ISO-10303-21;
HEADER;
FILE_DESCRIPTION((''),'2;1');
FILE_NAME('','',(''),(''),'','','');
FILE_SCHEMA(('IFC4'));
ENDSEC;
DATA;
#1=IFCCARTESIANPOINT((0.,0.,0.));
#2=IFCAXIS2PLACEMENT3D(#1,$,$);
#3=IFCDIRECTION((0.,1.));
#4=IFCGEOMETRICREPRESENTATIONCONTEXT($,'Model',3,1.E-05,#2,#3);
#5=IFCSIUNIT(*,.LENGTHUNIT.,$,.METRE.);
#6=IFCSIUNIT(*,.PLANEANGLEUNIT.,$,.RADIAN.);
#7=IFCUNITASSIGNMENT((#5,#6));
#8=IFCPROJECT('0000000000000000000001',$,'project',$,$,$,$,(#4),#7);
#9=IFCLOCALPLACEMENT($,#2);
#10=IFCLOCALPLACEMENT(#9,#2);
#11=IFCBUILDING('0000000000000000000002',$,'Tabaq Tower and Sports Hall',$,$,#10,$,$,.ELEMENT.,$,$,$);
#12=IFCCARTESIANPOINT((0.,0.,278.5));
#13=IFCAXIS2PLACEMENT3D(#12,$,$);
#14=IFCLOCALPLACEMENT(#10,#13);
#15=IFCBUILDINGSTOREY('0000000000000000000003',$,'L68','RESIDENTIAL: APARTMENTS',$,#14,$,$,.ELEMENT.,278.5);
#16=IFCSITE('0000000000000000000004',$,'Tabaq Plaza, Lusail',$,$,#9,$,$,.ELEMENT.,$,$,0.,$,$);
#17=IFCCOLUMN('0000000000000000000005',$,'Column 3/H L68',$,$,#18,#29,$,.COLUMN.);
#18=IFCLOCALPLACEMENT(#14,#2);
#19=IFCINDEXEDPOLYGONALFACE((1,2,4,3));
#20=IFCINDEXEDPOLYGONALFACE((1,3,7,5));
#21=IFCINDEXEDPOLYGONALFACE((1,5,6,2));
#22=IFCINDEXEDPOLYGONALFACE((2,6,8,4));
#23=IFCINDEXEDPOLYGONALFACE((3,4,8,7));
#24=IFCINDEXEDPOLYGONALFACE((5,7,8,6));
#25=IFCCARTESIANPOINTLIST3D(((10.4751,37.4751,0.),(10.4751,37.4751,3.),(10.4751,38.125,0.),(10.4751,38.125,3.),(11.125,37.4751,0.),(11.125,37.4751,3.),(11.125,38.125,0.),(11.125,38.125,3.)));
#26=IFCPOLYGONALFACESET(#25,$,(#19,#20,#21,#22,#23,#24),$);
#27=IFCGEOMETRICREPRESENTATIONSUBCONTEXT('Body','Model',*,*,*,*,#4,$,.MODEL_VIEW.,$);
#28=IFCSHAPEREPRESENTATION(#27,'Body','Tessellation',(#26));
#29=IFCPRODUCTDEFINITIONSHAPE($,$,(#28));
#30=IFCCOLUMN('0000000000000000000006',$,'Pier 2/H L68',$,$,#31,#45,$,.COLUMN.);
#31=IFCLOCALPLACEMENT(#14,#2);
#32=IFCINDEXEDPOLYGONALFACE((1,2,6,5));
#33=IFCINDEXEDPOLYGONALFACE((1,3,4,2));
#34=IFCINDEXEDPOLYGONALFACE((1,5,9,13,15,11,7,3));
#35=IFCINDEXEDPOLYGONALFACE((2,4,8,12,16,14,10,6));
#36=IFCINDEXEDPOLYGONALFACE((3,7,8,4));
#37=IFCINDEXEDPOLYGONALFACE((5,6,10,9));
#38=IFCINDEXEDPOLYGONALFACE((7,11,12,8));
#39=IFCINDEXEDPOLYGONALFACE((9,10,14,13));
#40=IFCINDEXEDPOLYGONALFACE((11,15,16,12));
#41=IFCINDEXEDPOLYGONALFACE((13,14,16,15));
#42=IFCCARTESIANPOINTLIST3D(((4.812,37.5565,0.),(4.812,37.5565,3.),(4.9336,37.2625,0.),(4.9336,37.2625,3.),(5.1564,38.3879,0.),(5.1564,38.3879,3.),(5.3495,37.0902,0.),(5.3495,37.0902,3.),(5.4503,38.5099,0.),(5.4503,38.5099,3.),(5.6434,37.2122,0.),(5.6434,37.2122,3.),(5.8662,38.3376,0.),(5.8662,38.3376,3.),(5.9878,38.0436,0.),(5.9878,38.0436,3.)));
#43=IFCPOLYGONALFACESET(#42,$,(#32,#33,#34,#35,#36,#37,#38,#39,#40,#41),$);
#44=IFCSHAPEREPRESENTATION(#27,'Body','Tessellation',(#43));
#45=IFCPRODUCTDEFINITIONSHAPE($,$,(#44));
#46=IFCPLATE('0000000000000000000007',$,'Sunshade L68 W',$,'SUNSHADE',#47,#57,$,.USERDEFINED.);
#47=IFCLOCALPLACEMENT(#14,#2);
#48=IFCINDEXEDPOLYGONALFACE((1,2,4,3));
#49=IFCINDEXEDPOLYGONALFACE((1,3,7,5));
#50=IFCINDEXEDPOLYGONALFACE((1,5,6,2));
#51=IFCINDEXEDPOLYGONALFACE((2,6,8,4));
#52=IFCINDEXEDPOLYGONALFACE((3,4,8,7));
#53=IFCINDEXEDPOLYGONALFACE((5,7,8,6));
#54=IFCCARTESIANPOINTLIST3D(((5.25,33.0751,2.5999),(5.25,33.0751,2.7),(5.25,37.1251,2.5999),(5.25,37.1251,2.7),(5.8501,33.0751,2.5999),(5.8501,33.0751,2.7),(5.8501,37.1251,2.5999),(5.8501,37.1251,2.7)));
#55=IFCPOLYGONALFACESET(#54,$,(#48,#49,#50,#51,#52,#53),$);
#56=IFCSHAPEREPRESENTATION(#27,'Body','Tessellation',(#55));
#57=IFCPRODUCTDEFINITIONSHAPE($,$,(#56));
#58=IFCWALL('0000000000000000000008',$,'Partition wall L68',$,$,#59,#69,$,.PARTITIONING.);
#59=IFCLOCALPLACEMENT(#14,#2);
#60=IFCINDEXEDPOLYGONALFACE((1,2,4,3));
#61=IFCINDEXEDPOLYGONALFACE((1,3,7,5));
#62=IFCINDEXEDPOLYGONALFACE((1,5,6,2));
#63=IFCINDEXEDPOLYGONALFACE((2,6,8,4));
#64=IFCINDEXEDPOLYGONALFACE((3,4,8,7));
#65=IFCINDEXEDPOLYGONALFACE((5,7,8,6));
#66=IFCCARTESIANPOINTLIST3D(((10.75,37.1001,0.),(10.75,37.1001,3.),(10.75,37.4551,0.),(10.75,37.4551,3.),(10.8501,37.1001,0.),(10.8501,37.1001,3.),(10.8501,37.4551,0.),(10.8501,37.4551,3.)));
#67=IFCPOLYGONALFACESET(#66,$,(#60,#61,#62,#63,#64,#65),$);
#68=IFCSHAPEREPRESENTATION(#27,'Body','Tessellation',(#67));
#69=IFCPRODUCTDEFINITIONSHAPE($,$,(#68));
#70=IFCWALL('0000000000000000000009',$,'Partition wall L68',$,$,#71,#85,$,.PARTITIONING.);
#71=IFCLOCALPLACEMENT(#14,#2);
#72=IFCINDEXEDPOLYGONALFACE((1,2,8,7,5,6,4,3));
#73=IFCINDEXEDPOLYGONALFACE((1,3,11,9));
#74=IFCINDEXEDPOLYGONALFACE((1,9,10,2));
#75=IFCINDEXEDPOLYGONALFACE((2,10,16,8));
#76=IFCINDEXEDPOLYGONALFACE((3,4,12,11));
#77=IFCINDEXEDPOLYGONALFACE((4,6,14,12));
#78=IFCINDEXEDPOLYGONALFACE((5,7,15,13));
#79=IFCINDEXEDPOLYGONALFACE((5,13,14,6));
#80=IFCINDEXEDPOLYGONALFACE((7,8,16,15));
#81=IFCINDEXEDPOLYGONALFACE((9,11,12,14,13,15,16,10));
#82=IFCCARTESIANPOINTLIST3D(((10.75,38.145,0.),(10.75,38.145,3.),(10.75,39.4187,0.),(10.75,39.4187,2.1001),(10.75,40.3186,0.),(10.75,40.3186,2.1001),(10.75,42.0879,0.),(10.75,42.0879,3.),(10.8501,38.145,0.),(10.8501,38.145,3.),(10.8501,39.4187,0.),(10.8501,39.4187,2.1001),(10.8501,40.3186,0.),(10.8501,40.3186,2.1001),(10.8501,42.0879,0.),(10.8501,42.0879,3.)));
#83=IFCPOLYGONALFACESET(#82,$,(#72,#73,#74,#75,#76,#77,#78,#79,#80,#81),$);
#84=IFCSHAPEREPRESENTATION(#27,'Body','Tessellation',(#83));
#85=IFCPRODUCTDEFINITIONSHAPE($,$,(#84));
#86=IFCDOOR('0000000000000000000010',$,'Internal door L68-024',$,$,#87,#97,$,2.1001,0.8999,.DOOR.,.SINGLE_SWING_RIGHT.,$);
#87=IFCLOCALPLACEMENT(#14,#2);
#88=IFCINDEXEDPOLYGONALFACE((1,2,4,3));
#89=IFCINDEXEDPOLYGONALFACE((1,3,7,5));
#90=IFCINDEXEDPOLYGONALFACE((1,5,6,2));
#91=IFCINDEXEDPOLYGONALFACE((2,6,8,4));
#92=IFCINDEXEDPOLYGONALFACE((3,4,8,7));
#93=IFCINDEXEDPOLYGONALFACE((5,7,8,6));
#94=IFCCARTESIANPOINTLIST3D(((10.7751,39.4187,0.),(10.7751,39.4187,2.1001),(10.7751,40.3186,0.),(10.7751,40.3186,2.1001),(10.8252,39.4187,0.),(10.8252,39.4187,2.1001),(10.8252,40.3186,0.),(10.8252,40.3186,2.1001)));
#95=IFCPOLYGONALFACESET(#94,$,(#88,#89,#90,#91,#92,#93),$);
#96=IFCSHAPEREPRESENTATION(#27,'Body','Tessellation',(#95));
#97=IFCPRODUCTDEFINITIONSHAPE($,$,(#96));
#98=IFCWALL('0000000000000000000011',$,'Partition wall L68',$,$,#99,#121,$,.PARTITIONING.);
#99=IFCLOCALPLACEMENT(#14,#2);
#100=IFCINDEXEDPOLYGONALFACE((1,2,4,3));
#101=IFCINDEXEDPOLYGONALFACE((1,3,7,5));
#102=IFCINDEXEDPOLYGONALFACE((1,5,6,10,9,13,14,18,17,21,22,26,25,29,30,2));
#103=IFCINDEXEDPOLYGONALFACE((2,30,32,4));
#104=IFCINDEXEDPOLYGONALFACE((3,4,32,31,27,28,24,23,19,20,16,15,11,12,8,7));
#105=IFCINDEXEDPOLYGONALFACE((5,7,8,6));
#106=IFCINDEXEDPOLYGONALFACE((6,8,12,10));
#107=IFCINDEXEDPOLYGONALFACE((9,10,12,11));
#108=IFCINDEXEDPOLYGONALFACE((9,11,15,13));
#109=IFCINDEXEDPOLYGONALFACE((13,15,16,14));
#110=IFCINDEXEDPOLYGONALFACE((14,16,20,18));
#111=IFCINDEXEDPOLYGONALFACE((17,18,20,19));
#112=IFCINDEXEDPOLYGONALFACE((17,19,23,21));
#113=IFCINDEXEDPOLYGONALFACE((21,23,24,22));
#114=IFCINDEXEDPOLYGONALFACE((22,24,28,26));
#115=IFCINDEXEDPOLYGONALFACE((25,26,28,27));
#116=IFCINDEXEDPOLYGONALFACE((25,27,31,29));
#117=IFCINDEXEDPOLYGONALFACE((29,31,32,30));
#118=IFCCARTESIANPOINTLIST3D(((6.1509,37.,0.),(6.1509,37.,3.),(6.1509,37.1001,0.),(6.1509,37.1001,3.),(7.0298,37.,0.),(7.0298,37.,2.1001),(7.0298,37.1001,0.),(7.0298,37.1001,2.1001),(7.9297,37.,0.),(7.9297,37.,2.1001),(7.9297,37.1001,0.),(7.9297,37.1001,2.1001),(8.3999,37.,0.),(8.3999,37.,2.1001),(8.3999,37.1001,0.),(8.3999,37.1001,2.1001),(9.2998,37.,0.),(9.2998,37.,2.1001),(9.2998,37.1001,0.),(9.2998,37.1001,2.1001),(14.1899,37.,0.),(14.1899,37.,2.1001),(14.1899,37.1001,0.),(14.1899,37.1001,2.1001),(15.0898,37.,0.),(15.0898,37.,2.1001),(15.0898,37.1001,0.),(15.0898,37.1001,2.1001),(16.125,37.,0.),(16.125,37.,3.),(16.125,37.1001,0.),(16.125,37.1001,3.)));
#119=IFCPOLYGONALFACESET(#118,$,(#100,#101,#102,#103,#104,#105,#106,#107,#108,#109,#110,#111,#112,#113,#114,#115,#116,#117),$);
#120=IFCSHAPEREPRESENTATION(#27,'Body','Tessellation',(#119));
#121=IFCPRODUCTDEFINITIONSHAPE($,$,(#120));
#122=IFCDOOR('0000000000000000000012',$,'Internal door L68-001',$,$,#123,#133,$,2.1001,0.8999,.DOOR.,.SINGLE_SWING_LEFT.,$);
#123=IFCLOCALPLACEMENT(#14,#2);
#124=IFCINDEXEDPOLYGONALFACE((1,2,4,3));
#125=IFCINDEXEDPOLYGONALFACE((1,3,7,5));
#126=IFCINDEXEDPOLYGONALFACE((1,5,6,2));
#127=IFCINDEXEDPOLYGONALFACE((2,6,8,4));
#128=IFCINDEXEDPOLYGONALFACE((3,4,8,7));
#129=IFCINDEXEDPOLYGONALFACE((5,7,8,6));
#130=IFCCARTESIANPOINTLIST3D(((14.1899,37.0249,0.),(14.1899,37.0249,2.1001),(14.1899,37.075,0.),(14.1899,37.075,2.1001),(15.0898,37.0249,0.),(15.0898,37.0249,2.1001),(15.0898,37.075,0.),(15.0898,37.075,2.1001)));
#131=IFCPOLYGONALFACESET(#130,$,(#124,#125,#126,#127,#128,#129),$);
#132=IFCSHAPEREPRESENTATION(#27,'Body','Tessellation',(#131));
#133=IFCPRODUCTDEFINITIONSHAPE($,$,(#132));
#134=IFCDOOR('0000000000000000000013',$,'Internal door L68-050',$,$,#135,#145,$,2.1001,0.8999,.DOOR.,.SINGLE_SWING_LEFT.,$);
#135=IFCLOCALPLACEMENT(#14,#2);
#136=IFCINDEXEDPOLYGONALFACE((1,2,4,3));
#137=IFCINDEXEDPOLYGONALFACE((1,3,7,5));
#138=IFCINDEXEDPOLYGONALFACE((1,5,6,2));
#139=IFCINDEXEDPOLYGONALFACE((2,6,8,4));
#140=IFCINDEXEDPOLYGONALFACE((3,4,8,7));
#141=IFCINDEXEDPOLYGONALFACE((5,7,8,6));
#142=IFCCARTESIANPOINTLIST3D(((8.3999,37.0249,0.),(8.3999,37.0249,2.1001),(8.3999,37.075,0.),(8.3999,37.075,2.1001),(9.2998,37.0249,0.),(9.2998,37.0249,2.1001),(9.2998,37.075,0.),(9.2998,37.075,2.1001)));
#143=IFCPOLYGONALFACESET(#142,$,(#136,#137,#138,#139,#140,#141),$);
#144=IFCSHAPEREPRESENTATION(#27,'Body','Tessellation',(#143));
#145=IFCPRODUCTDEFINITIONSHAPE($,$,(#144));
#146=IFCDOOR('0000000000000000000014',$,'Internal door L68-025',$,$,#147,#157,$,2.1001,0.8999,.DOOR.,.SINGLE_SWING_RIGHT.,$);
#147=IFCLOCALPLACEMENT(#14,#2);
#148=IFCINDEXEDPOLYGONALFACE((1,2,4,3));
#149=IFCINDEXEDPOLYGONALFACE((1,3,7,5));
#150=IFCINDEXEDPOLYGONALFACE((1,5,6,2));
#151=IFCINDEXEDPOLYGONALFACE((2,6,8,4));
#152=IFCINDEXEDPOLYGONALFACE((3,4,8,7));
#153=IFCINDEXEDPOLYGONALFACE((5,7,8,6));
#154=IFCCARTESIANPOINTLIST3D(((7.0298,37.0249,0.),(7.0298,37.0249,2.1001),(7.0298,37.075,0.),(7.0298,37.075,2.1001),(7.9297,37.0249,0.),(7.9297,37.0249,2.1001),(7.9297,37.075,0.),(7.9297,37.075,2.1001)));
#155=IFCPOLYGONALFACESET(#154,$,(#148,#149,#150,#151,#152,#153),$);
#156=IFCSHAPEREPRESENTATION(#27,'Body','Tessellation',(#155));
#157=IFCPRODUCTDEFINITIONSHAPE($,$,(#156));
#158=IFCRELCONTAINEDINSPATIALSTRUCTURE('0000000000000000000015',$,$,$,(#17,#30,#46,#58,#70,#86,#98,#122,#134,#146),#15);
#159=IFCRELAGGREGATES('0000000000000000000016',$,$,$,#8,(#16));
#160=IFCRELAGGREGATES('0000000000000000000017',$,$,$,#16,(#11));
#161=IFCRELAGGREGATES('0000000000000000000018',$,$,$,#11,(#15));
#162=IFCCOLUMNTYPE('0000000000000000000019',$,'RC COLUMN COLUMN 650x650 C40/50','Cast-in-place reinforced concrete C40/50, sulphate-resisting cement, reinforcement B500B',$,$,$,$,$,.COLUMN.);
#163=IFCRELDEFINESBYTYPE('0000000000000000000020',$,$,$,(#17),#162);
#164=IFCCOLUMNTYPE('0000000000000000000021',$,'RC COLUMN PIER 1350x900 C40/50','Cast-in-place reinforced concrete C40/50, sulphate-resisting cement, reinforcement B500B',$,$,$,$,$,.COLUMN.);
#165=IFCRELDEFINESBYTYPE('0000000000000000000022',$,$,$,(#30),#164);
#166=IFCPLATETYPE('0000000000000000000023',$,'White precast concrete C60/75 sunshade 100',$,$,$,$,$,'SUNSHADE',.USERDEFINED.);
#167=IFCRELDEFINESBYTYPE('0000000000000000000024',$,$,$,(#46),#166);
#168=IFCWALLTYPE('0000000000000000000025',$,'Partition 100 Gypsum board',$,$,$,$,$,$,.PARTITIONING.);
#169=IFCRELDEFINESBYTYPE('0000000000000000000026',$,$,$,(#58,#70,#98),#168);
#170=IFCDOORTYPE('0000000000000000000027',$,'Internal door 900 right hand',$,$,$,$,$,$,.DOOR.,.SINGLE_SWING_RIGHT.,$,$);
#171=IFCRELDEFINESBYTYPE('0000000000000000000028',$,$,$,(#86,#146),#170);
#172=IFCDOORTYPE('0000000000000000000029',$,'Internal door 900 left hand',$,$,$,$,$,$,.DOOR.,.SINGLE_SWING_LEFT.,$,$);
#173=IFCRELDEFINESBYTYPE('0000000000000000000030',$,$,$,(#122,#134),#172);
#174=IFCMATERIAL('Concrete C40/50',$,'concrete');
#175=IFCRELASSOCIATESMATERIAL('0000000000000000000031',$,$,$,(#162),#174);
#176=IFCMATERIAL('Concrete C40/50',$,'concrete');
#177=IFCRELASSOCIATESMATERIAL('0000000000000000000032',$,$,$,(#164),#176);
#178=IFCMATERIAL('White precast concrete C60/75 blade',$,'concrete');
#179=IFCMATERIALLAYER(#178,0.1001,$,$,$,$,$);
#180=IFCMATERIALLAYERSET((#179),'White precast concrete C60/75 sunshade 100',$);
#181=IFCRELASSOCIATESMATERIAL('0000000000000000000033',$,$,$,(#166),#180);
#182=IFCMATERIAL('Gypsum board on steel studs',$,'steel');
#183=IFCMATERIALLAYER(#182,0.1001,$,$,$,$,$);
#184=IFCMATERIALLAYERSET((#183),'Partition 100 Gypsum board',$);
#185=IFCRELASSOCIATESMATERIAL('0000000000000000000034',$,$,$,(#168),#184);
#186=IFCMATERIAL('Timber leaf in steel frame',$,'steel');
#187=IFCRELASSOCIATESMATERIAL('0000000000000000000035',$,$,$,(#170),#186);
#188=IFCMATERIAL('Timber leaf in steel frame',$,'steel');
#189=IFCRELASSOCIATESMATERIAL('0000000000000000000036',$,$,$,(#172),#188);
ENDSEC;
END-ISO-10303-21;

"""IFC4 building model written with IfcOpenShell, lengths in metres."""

from ifc_helpers import new_model, si_unit, direction, frame, frame_2d, origin, origin_2d, place, context, subcontext, project, spatial, polyline, rectangle, outline, extrude, material, layer, layer_set, material_profile, profile_set, type_object, element, fill, save


model = new_model("IFC4")

# Units and contexts
model_context = context("Model", 3, precision=1e-05, world=origin(), true_north=direction((0.0, 1.0)))
body_context = subcontext(model_context, "Body", "Model", "MODEL_VIEW")
ifc_project = project(units=[si_unit("LENGTHUNIT", "METRE"), si_unit("PLANEANGLEUNIT", "RADIAN")], contexts=[model_context])

# Site, building, storey
site_placement = place(None, origin())
site = spatial("IfcSite", under=ifc_project, at=site_placement, Name="Tabaq Plaza, Lusail", CompositionType="ELEMENT", RefElevation=0.0)
building_placement = place(site_placement, origin())
building = spatial("IfcBuilding", under=site, at=building_placement, Name="Tabaq Tower and Sports Hall", CompositionType="ELEMENT")
storey_placement = place(building_placement, frame((0.0, 0.0, 278.5)))
storey = spatial("IfcBuildingStorey", under=building, at=storey_placement, Name="L68", Description="RESIDENTIAL: APARTMENTS", CompositionType="ELEMENT", Elevation=278.5)

# Columns
ifc_material_1 = material(Name="Concrete C40/50", Category="concrete")
ifc_material_profile_1 = material_profile(ifc_material_1, rectangle(XDim=0.6499, YDim=0.6499, at=origin_2d()), Name="COLUMN 650x650")
ifc_profile_set_1 = profile_set([ifc_material_profile_1], Name="Concrete C40/50")
column_type_1 = type_object("IfcColumnType", Name="RC COLUMN COLUMN 650x650 C40/50", Description="Cast-in-place reinforced concrete C40/50, sulphate-resisting cement, reinforcement B500B", PredefinedType="COLUMN", material=ifc_profile_set_1)
column_1_placement = place(storey_placement, frame((10.8, 37.8, 0.0), z_axis=(0.0, 0.0, 1.0), x_axis=(1.0, 0.0, 0.0)))
element("IfcColumn", 1, at=column_1_placement, inside=storey, type_object=column_type_1, Name="Column 3/H L68", PredefinedType="COLUMN", context=body_context, shape_type="SweptSolid", body=[
    extrude(rectangle(XDim=0.6499, YDim=0.6499, at=origin_2d()), origin(), (0.0, 0.0, 1.0), 3.0),
])
ifc_material_2 = material(Name="Concrete C40/50", Category="concrete")
ifc_material_profile_2 = material_profile(ifc_material_2, outline(polyline([(-0.45, -0.45), (0.45, -0.45), (0.675, -0.2251), (0.675, 0.2251), (0.45, 0.45), (-0.45, 0.45), (-0.675, 0.2251), (-0.675, -0.2251), (-0.45, -0.45)])), Name="PIER 1350x900")
ifc_profile_set_2 = profile_set([ifc_material_profile_2], Name="Concrete C40/50")
column_type_2 = type_object("IfcColumnType", Name="RC COLUMN PIER 1350x900 C40/50", Description="Cast-in-place reinforced concrete C40/50, sulphate-resisting cement, reinforcement B500B", PredefinedType="COLUMN", material=ifc_profile_set_2)
column_2_placement = place(storey_placement, frame((5.3999, 37.8, 0.0), z_axis=(0.0, 0.0, 1.0), x_axis=(0.382683, 0.92388, 0.0)))
element("IfcColumn", 2, at=column_2_placement, inside=storey, type_object=column_type_2, Name="Pier 2/H L68", PredefinedType="COLUMN", context=body_context, shape_type="SweptSolid", body=[
    extrude(outline(polyline([(-0.45, -0.45), (0.45, -0.45), (0.675, -0.2251), (0.675, 0.2251), (0.45, 0.45), (-0.45, 0.45), (-0.675, 0.2251), (-0.675, -0.2251), (-0.45, -0.45)])), origin(), (0.0, 0.0, 1.0), 3.0),
])

# Plate
ifc_material_3 = material(Name="White precast concrete C60/75 blade", Category="concrete")
ifc_layer_1 = layer(ifc_material_3, 0.1001)
ifc_layer_set_1 = layer_set([ifc_layer_1], Name="White precast concrete C60/75 sunshade 100")
plate_type = type_object("IfcPlateType", Name="White precast concrete C60/75 sunshade 100", ElementType="SUNSHADE", PredefinedType="USERDEFINED", material=ifc_layer_set_1)
plate_placement = place(storey_placement, frame((5.55, 35.1001, 2.5999), z_axis=(0.0, 0.0, 1.0), x_axis=(0.0, -1.0, 0.0)))
element("IfcPlate", 3, at=plate_placement, inside=storey, type_object=plate_type, Name="Sunshade L68 W", ObjectType="SUNSHADE", PredefinedType="USERDEFINED", context=body_context, shape_type="SweptSolid", body=[
    extrude(rectangle(XDim=4.05, YDim=0.6001, at=origin_2d()), origin(), (0.0, 0.0, 1.0), 0.1001),
])

# Wall
ifc_material_4 = material(Name="Gypsum board on steel studs", Category="steel")
ifc_layer_2 = layer(ifc_material_4, 0.1001)
ifc_layer_set_2 = layer_set([ifc_layer_2], Name="Partition 100 Gypsum board")
wall_type_1 = type_object("IfcWallType", Name="Partition 100 Gypsum board", PredefinedType="PARTITIONING", material=ifc_layer_set_2)
wall_1_placement = place(storey_placement, frame((10.8, 37.1001, 0.0), z_axis=(0.0, 0.0, 1.0), x_axis=(0.0, 1.0, 0.0)))
element("IfcWall", 4, at=wall_1_placement, inside=storey, type_object=wall_type_1, Name="Partition wall L68", PredefinedType="PARTITIONING", context=body_context, shape_type="SweptSolid", body=[
    extrude(rectangle(XDim=0.355, YDim=0.1001, at=frame_2d((0.1775, 0.0))), origin(), (0.0, 0.0, 1.0), 3.0),
])

# Wall, opening, door
wall_2_placement = place(storey_placement, frame((10.8, 38.145, 0.0), z_axis=(0.0, 0.0, 1.0), x_axis=(0.0, 1.0, 0.0)))
wall_2 = element("IfcWall", 5, at=wall_2_placement, inside=storey, type_object=wall_type_1, Name="Partition wall L68", PredefinedType="PARTITIONING", context=body_context, shape_type="SweptSolid", body=[
    extrude(rectangle(XDim=3.9429, YDim=0.1001, at=frame_2d((1.9714, 0.0))), origin(), (0.0, 0.0, 1.0), 3.0),
])
opening_1_placement = place(wall_2_placement, frame((1.2737, 0.0, 0.0)))
opening_1 = element("IfcOpeningElement", 6, at=opening_1_placement, cuts=wall_2, PredefinedType="OPENING", context=body_context, shape_type="SweptSolid", body=[
    extrude(rectangle(XDim=0.8999, YDim=2.1001, at=frame_2d((0.45, 1.05))), frame((0.0, 0.05, 0.0), z_axis=(0.0, -1.0, 0.0), x_axis=(1.0, 0.0, 0.0)), (0.0, 0.0, 1.0), 0.1001),
])
ifc_material_5 = material(Name="Timber leaf in steel frame", Category="steel")
door_type_1 = type_object("IfcDoorType", Name="Internal door 900 right hand", OperationType="SINGLE_SWING_RIGHT", PredefinedType="DOOR", material=ifc_material_5)
door_1_placement = place(opening_1_placement, origin())
door_1 = element("IfcDoor", 7, at=door_1_placement, inside=storey, type_object=door_type_1, Name="Internal door L68-024", OperationType="SINGLE_SWING_RIGHT", OverallHeight=2.1001, OverallWidth=0.8999, PredefinedType="DOOR", context=body_context, shape_type="SweptSolid", body=[
    extrude(rectangle(XDim=0.8999, YDim=2.1001, at=frame_2d((0.45, 1.05))), frame((0.0, 0.0249, 0.0), z_axis=(0.0, -1.0, 0.0), x_axis=(1.0, 0.0, 0.0)), (0.0, 0.0, 1.0), 0.05),
])
fill(opening_1, door_1)

# Wall, openings, doors
wall_3_placement = place(storey_placement, frame((6.1509, 37.05, 0.0), z_axis=(0.0, 0.0, 1.0), x_axis=(1.0, 0.0, 0.0)))
wall_3 = element("IfcWall", 8, at=wall_3_placement, inside=storey, type_object=wall_type_1, Name="Partition wall L68", PredefinedType="PARTITIONING", context=body_context, shape_type="SweptSolid", body=[
    extrude(rectangle(XDim=9.9741, YDim=0.1001, at=frame_2d((4.9871, 0.0))), origin(), (0.0, 0.0, 1.0), 3.0),
])
opening_2_placement = place(wall_3_placement, frame((8.0391, 0.0, 0.0)))
opening_2 = element("IfcOpeningElement", 9, at=opening_2_placement, cuts=wall_3, PredefinedType="OPENING", context=body_context, shape_type="SweptSolid", body=[
    extrude(rectangle(XDim=0.8999, YDim=2.1001, at=frame_2d((0.45, 1.05))), frame((0.0, 0.05, 0.0), z_axis=(0.0, -1.0, 0.0), x_axis=(1.0, 0.0, 0.0)), (0.0, 0.0, 1.0), 0.1001),
])
opening_3_placement = place(wall_3_placement, frame((0.8789, 0.0, 0.0)))
opening_3 = element("IfcOpeningElement", 10, at=opening_3_placement, cuts=wall_3, PredefinedType="OPENING", context=body_context, shape_type="SweptSolid", body=[
    extrude(rectangle(XDim=0.8999, YDim=2.1001, at=frame_2d((0.45, 1.05))), frame((0.0, 0.05, 0.0), z_axis=(0.0, -1.0, 0.0), x_axis=(1.0, 0.0, 0.0)), (0.0, 0.0, 1.0), 0.1001),
])
opening_4_placement = place(wall_3_placement, frame((2.249, 0.0, 0.0)))
opening_4 = element("IfcOpeningElement", 11, at=opening_4_placement, cuts=wall_3, PredefinedType="OPENING", context=body_context, shape_type="SweptSolid", body=[
    extrude(rectangle(XDim=0.8999, YDim=2.1001, at=frame_2d((0.45, 1.05))), frame((0.0, 0.05, 0.0), z_axis=(0.0, -1.0, 0.0), x_axis=(1.0, 0.0, 0.0)), (0.0, 0.0, 1.0), 0.1001),
])
ifc_material_6 = material(Name="Timber leaf in steel frame", Category="steel")
door_type_2 = type_object("IfcDoorType", Name="Internal door 900 left hand", OperationType="SINGLE_SWING_LEFT", PredefinedType="DOOR", material=ifc_material_6)
door_2_placement = place(opening_2_placement, origin())
door_2 = element("IfcDoor", 12, at=door_2_placement, inside=storey, type_object=door_type_2, Name="Internal door L68-001", OperationType="SINGLE_SWING_LEFT", OverallHeight=2.1001, OverallWidth=0.8999, PredefinedType="DOOR", context=body_context, shape_type="SweptSolid", body=[
    extrude(rectangle(XDim=0.8999, YDim=2.1001, at=frame_2d((0.45, 1.05))), frame((0.0, 0.0249, 0.0), z_axis=(0.0, -1.0, 0.0), x_axis=(1.0, 0.0, 0.0)), (0.0, 0.0, 1.0), 0.05),
])
fill(opening_2, door_2)
door_3_placement = place(opening_4_placement, origin())
door_3 = element("IfcDoor", 13, at=door_3_placement, inside=storey, type_object=door_type_2, Name="Internal door L68-050", OperationType="SINGLE_SWING_LEFT", OverallHeight=2.1001, OverallWidth=0.8999, PredefinedType="DOOR", context=body_context, shape_type="SweptSolid", body=[
    extrude(rectangle(XDim=0.8999, YDim=2.1001, at=frame_2d((0.45, 1.05))), frame((0.0, 0.0249, 0.0), z_axis=(0.0, -1.0, 0.0), x_axis=(1.0, 0.0, 0.0)), (0.0, 0.0, 1.0), 0.05),
])
fill(opening_4, door_3)
door_4_placement = place(opening_3_placement, origin())
door_4 = element("IfcDoor", 14, at=door_4_placement, inside=storey, type_object=door_type_1, Name="Internal door L68-025", OperationType="SINGLE_SWING_RIGHT", OverallHeight=2.1001, OverallWidth=0.8999, PredefinedType="DOOR", context=body_context, shape_type="SweptSolid", body=[
    extrude(rectangle(XDim=0.8999, YDim=2.1001, at=frame_2d((0.45, 1.05))), frame((0.0, 0.0249, 0.0), z_axis=(0.0, -1.0, 0.0), x_axis=(1.0, 0.0, 0.0)), (0.0, 0.0, 1.0), 0.05),
])
fill(opening_3, door_4)

save(model, "model.ifc")
